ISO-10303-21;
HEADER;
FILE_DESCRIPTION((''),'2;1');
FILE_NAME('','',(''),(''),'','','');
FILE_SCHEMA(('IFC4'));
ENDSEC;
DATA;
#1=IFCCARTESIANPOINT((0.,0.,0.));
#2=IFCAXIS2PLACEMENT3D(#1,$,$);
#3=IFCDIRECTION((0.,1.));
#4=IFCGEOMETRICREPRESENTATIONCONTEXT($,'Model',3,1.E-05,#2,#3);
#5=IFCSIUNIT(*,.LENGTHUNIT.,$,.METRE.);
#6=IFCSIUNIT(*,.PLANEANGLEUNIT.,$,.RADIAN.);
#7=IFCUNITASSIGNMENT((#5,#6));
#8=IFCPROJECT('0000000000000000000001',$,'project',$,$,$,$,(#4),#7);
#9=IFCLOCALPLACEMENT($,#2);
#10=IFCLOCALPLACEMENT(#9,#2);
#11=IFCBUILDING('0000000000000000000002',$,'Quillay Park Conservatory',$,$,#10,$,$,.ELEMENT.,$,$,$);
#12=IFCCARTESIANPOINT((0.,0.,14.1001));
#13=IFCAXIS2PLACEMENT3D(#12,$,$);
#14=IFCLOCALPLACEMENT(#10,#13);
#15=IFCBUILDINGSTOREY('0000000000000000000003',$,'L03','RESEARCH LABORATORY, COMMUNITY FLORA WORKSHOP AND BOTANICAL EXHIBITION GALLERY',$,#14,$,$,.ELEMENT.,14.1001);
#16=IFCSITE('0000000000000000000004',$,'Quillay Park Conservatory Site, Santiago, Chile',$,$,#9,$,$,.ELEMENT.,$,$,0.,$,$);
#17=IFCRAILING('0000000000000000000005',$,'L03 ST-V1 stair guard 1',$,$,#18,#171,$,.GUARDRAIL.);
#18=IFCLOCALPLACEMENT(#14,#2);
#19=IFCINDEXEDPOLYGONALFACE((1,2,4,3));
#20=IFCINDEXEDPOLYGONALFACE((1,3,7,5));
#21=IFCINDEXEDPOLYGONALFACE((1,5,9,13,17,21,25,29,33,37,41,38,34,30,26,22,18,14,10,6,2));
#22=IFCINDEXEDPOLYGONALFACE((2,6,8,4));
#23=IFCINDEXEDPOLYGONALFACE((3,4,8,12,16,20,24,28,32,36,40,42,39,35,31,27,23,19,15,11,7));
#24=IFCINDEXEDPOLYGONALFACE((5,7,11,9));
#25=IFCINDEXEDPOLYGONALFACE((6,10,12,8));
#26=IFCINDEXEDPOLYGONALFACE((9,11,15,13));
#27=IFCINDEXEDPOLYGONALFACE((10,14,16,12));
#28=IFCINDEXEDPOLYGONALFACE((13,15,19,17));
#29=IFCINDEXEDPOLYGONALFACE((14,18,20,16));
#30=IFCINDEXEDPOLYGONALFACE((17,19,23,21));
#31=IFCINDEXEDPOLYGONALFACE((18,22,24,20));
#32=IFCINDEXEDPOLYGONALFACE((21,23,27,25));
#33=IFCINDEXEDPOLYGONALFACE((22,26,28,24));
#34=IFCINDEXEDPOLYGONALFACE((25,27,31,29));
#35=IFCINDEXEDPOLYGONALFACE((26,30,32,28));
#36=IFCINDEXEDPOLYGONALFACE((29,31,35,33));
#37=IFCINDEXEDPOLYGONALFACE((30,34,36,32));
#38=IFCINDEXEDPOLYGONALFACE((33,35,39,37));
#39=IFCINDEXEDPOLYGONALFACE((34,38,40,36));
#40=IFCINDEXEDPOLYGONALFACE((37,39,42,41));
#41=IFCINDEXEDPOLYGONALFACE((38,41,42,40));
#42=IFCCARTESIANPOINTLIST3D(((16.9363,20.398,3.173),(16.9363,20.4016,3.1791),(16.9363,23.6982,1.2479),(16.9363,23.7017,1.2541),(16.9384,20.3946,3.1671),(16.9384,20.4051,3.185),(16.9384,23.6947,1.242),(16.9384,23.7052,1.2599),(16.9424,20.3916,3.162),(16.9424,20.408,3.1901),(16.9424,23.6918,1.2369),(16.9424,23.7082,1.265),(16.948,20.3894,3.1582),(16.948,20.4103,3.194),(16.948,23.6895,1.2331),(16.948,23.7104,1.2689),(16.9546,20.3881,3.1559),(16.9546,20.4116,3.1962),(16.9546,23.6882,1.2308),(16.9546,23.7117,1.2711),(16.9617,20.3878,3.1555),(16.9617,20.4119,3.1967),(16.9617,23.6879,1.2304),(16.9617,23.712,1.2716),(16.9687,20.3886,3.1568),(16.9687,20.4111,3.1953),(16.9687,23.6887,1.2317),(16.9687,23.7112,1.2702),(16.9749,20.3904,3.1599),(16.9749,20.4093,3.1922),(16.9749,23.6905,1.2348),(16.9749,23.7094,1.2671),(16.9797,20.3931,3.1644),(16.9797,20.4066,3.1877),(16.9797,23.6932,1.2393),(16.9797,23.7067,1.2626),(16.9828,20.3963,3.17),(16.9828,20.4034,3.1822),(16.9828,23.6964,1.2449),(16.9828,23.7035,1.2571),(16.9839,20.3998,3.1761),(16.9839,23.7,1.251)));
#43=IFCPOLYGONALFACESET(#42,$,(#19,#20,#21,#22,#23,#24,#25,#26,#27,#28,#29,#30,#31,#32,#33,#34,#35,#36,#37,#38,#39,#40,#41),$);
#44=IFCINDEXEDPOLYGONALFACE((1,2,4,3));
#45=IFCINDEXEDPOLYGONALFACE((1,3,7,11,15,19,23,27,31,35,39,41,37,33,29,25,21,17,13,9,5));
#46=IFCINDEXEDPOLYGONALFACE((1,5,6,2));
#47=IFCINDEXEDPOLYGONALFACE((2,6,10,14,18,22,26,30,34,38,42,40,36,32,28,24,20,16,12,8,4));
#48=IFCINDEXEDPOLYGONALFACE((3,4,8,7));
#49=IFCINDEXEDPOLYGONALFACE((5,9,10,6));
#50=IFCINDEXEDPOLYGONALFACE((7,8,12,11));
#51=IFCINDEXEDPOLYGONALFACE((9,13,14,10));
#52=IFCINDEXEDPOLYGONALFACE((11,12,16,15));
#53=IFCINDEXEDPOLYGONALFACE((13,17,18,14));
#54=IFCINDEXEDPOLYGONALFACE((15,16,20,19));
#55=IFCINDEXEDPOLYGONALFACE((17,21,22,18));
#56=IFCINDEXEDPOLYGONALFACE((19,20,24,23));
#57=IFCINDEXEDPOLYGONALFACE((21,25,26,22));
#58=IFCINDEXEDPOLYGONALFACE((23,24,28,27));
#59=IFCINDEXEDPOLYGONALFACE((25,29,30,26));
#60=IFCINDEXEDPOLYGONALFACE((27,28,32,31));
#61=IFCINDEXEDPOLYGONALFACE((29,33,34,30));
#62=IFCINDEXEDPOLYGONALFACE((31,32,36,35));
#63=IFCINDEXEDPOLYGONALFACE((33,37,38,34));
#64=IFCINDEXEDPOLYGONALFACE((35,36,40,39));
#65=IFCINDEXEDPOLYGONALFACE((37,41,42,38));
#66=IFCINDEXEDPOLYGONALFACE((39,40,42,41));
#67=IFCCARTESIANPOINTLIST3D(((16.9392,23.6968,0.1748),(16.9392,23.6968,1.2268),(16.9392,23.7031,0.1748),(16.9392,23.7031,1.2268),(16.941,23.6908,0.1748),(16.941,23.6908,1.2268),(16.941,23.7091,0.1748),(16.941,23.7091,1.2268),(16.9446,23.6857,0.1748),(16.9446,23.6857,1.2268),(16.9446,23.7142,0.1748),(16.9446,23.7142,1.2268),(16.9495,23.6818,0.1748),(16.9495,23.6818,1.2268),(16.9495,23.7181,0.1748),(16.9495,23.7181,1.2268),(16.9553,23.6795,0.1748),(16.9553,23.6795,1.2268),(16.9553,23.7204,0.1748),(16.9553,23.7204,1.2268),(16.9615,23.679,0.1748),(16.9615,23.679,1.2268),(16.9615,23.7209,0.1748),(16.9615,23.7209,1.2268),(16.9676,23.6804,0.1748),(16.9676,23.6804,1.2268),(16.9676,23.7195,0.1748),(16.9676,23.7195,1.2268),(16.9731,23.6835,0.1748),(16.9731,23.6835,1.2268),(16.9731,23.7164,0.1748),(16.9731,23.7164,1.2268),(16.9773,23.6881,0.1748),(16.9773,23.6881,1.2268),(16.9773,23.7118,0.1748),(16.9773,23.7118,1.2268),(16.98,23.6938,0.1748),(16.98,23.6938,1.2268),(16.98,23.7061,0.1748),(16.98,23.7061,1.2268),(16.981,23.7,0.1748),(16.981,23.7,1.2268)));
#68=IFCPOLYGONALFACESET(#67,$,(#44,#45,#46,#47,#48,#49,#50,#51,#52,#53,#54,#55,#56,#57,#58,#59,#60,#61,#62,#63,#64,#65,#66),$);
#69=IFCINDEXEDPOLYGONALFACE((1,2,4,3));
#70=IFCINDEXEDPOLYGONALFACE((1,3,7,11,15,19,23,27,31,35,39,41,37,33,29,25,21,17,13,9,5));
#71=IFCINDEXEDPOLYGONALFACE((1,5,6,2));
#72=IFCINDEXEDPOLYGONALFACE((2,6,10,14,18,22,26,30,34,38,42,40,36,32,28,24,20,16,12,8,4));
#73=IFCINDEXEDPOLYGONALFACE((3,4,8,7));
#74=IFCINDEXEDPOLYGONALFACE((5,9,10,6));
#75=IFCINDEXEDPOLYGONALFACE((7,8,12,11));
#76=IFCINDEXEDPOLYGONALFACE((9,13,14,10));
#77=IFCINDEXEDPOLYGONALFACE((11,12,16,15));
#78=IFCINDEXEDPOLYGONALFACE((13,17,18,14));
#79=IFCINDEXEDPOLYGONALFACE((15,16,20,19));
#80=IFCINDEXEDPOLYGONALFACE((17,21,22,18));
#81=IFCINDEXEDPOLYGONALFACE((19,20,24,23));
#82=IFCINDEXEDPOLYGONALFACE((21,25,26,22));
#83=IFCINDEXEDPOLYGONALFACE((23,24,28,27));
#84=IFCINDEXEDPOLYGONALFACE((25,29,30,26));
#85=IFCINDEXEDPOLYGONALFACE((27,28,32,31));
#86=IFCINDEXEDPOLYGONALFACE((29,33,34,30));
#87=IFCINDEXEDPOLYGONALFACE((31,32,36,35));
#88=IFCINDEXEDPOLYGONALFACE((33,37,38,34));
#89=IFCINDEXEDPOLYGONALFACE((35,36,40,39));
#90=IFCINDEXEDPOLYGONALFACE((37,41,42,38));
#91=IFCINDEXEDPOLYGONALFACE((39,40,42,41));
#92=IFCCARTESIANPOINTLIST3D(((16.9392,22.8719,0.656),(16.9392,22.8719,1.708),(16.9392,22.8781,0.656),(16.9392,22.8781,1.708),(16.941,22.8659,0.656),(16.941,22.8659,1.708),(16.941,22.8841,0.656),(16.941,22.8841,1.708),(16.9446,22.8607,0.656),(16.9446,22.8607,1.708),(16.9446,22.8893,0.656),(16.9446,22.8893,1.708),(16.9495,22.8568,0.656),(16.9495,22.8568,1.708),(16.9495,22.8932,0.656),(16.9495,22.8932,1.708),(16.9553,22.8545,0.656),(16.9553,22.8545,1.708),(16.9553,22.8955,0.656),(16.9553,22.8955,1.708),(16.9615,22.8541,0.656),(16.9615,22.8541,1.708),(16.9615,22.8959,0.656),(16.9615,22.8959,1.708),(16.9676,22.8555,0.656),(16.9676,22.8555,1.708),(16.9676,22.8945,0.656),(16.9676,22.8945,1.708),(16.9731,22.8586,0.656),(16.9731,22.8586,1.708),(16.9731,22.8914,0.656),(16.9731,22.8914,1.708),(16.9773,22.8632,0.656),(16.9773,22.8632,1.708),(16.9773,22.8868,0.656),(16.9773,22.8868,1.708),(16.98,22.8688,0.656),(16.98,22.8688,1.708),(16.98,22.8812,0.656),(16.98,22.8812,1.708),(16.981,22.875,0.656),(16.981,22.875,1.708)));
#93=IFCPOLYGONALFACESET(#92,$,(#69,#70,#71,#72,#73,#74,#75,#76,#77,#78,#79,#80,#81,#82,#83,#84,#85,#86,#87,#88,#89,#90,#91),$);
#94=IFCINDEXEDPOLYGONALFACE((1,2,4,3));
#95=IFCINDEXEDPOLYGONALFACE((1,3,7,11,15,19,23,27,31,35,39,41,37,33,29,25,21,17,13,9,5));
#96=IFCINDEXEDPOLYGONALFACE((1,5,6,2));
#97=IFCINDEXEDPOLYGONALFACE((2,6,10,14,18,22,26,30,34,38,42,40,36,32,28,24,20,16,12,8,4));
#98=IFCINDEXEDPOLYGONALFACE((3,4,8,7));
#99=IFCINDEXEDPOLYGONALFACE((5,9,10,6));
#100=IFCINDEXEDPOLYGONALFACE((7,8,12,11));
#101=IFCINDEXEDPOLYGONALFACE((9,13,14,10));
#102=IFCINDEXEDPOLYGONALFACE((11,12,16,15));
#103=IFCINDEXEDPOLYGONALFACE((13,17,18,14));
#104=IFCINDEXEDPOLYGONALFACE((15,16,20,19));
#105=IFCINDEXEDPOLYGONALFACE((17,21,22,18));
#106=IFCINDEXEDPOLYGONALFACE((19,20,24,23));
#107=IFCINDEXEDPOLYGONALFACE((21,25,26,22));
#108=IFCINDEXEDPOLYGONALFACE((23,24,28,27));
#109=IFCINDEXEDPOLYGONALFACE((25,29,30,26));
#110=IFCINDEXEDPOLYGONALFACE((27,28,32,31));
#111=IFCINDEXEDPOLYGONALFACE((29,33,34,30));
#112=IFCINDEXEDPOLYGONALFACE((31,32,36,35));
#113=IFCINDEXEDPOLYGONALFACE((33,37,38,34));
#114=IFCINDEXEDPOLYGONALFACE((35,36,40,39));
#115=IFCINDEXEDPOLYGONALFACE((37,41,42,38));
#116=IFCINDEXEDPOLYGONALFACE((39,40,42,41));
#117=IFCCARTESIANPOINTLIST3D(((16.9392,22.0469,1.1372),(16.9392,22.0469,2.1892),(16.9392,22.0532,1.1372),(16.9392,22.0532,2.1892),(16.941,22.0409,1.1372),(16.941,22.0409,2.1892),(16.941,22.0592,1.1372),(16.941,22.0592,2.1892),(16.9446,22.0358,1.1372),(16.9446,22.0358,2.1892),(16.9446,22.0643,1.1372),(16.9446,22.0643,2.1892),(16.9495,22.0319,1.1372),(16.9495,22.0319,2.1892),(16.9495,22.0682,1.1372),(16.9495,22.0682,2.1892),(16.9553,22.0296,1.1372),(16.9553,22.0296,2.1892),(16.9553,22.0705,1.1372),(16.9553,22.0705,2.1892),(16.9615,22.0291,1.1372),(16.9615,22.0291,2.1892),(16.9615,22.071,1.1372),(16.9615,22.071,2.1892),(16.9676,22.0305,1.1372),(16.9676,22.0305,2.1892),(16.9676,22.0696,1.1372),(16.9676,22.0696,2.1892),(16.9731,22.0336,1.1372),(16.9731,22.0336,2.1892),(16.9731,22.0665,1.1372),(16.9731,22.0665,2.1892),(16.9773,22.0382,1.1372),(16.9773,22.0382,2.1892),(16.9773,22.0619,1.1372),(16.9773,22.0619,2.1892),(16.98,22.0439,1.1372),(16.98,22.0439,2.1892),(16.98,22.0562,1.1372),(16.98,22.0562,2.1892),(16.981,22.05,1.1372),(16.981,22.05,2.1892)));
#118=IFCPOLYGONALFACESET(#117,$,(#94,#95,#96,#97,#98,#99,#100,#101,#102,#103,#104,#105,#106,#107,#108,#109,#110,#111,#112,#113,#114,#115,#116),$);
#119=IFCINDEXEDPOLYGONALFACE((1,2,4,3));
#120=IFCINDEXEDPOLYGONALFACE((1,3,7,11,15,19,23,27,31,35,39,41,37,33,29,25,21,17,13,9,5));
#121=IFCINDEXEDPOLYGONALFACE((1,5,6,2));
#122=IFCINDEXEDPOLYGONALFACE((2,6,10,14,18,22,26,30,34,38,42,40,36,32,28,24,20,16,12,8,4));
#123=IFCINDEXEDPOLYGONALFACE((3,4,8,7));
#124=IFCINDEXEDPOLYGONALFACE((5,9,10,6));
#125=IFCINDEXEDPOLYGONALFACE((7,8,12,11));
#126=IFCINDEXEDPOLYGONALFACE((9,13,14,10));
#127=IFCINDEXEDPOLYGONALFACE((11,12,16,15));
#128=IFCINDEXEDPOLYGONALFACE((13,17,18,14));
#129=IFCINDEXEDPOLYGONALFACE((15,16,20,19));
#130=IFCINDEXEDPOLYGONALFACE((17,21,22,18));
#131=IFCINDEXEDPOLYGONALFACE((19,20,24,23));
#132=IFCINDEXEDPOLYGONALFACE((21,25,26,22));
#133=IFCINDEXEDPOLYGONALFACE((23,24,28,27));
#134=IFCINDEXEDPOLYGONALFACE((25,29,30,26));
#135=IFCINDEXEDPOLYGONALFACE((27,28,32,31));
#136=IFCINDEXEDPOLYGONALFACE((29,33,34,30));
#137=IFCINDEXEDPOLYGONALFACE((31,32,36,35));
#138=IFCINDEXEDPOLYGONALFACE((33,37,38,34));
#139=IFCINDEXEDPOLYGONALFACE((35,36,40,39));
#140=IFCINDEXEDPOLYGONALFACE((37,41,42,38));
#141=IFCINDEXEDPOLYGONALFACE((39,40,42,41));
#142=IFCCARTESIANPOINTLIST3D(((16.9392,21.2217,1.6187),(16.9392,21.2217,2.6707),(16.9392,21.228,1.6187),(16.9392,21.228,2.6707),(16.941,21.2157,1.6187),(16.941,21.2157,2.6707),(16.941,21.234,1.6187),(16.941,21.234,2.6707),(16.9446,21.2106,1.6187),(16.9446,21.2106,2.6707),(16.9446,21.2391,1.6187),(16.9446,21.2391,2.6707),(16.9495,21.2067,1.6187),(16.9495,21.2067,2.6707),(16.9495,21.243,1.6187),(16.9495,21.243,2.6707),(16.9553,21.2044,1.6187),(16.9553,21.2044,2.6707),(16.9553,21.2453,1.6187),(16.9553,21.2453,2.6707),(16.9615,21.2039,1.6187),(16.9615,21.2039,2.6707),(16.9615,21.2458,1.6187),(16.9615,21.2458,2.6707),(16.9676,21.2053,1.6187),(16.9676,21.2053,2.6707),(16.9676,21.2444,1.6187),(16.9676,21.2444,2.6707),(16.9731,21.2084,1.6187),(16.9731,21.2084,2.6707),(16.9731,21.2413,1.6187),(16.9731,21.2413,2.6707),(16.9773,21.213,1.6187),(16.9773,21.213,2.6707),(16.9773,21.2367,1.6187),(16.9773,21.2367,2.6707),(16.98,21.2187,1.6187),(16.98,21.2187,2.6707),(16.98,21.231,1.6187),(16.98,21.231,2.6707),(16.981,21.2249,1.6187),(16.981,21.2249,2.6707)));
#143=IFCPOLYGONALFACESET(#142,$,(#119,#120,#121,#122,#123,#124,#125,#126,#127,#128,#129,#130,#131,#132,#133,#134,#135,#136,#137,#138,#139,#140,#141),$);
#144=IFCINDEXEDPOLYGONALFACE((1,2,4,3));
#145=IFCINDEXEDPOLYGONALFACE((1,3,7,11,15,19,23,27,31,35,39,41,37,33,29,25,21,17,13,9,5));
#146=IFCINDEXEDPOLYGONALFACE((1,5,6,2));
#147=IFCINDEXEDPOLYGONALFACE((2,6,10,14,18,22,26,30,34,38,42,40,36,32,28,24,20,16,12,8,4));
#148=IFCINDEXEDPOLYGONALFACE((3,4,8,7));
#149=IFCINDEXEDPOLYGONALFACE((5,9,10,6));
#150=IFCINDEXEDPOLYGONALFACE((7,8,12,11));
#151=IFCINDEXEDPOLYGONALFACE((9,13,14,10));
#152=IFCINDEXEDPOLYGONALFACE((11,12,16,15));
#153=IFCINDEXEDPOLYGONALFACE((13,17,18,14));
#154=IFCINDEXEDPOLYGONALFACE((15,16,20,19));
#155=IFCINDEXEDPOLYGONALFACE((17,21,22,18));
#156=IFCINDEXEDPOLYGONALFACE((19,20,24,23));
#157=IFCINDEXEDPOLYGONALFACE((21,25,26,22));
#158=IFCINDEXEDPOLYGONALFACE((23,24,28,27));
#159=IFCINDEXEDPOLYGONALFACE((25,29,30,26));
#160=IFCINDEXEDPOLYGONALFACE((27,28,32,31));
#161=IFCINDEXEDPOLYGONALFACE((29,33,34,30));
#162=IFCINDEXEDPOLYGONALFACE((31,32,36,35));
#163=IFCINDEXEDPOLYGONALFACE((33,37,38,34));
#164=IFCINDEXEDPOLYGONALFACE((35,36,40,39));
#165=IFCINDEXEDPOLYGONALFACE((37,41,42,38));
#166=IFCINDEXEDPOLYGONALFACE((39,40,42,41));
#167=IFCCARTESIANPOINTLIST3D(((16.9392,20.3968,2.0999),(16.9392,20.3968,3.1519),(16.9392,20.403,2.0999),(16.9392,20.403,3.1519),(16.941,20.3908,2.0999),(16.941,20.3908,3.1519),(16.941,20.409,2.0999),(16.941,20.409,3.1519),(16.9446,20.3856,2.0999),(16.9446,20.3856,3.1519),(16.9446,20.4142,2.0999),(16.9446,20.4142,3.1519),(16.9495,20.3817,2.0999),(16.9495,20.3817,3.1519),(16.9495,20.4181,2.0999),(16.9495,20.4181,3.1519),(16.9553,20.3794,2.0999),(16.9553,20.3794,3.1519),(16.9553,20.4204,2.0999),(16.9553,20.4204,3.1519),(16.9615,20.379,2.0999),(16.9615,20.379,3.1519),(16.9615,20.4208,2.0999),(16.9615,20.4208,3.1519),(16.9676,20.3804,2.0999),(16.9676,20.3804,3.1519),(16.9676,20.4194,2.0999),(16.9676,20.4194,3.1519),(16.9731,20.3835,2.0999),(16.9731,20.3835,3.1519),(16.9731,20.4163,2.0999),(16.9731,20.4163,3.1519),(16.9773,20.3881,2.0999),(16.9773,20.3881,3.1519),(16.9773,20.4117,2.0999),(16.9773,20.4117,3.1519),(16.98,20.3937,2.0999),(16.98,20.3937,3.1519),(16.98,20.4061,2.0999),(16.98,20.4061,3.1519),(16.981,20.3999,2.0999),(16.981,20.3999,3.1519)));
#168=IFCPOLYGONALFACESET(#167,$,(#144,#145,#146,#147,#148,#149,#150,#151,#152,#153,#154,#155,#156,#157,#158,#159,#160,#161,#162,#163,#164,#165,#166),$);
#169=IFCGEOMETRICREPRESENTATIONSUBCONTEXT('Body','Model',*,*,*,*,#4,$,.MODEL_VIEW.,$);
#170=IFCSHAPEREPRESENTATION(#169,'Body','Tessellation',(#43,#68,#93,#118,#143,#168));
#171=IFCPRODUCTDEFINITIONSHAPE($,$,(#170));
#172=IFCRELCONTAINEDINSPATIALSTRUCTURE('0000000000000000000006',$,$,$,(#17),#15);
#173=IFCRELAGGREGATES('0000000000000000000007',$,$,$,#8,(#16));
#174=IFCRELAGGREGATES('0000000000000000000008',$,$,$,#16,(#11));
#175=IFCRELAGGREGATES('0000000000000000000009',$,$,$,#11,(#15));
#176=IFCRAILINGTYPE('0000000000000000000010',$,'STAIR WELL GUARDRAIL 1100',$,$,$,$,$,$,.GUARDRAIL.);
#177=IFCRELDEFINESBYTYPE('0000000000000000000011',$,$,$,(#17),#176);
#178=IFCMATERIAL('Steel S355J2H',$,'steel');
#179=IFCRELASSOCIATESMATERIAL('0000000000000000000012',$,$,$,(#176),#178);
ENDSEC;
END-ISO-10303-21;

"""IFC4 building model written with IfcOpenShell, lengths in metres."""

from ifc_helpers import new_model, si_unit, direction, frame, origin, origin_2d, place, context, subcontext, project, spatial, circle, extrude, material, type_object, element, save


model = new_model("IFC4")

# Units and contexts
model_context = context("Model", 3, precision=1e-05, world=origin(), true_north=direction((0.0, 1.0)))
body_context = subcontext(model_context, "Body", "Model", "MODEL_VIEW")
ifc_project = project(units=[si_unit("LENGTHUNIT", "METRE"), si_unit("PLANEANGLEUNIT", "RADIAN")], contexts=[model_context])

# Site, building, storey
site_placement = place(None, origin())
site = spatial("IfcSite", under=ifc_project, at=site_placement, Name="Quillay Park Conservatory Site, Santiago, Chile", CompositionType="ELEMENT", RefElevation=0.0)
building_placement = place(site_placement, origin())
building = spatial("IfcBuilding", under=site, at=building_placement, Name="Quillay Park Conservatory", CompositionType="ELEMENT")
storey_placement = place(building_placement, frame((0.0, 0.0, 14.1001)))
storey = spatial("IfcBuildingStorey", under=building, at=storey_placement, Name="L03", Description="RESEARCH LABORATORY, COMMUNITY FLORA WORKSHOP AND BOTANICAL EXHIBITION GALLERY", CompositionType="ELEMENT", Elevation=14.1001)

# Railing
ifc_material_1 = material(Name="Steel S355J2H", Category="steel")
railing_type_1 = type_object("IfcRailingType", Name="STAIR WELL GUARDRAIL 1100", PredefinedType="GUARDRAIL", material=ifc_material_1)
railing_1_placement = place(storey_placement, frame((16.96, 23.7, 0.1748)))
element("IfcRailing", 1, at=railing_1_placement, inside=storey, type_object=railing_type_1, Name="L03 ST-V1 stair guard 1", PredefinedType="GUARDRAIL", context=body_context, shape_type="SweptSolid", body=[
    extrude(circle(Radius=0.0239, at=origin_2d()), frame((0.0, 0.0, 1.0762), z_axis=(0.0, -0.863777, 0.503875), x_axis=(1.0, 0.0, 0.0)), (0.0, 0.0, 1.0), 3.8206),
    extrude(circle(Radius=0.021, at=origin_2d()), origin(), (0.0, 0.0, 1.0), 1.052),
    extrude(circle(Radius=0.021, at=origin_2d()), frame((0.0, -0.825, 0.4812)), (0.0, 0.0, 1.0), 1.052),
    extrude(circle(Radius=0.021, at=origin_2d()), frame((0.0, -1.6499, 0.9624)), (0.0, 0.0, 1.0), 1.052),
    extrude(circle(Radius=0.021, at=origin_2d()), frame((0.0, -2.4751, 1.4438)), (0.0, 0.0, 1.0), 1.052),
    extrude(circle(Radius=0.021, at=origin_2d()), frame((0.0, -3.3, 1.925)), (0.0, 0.0, 1.0), 1.052),
])

save(model, "model.ifc")
